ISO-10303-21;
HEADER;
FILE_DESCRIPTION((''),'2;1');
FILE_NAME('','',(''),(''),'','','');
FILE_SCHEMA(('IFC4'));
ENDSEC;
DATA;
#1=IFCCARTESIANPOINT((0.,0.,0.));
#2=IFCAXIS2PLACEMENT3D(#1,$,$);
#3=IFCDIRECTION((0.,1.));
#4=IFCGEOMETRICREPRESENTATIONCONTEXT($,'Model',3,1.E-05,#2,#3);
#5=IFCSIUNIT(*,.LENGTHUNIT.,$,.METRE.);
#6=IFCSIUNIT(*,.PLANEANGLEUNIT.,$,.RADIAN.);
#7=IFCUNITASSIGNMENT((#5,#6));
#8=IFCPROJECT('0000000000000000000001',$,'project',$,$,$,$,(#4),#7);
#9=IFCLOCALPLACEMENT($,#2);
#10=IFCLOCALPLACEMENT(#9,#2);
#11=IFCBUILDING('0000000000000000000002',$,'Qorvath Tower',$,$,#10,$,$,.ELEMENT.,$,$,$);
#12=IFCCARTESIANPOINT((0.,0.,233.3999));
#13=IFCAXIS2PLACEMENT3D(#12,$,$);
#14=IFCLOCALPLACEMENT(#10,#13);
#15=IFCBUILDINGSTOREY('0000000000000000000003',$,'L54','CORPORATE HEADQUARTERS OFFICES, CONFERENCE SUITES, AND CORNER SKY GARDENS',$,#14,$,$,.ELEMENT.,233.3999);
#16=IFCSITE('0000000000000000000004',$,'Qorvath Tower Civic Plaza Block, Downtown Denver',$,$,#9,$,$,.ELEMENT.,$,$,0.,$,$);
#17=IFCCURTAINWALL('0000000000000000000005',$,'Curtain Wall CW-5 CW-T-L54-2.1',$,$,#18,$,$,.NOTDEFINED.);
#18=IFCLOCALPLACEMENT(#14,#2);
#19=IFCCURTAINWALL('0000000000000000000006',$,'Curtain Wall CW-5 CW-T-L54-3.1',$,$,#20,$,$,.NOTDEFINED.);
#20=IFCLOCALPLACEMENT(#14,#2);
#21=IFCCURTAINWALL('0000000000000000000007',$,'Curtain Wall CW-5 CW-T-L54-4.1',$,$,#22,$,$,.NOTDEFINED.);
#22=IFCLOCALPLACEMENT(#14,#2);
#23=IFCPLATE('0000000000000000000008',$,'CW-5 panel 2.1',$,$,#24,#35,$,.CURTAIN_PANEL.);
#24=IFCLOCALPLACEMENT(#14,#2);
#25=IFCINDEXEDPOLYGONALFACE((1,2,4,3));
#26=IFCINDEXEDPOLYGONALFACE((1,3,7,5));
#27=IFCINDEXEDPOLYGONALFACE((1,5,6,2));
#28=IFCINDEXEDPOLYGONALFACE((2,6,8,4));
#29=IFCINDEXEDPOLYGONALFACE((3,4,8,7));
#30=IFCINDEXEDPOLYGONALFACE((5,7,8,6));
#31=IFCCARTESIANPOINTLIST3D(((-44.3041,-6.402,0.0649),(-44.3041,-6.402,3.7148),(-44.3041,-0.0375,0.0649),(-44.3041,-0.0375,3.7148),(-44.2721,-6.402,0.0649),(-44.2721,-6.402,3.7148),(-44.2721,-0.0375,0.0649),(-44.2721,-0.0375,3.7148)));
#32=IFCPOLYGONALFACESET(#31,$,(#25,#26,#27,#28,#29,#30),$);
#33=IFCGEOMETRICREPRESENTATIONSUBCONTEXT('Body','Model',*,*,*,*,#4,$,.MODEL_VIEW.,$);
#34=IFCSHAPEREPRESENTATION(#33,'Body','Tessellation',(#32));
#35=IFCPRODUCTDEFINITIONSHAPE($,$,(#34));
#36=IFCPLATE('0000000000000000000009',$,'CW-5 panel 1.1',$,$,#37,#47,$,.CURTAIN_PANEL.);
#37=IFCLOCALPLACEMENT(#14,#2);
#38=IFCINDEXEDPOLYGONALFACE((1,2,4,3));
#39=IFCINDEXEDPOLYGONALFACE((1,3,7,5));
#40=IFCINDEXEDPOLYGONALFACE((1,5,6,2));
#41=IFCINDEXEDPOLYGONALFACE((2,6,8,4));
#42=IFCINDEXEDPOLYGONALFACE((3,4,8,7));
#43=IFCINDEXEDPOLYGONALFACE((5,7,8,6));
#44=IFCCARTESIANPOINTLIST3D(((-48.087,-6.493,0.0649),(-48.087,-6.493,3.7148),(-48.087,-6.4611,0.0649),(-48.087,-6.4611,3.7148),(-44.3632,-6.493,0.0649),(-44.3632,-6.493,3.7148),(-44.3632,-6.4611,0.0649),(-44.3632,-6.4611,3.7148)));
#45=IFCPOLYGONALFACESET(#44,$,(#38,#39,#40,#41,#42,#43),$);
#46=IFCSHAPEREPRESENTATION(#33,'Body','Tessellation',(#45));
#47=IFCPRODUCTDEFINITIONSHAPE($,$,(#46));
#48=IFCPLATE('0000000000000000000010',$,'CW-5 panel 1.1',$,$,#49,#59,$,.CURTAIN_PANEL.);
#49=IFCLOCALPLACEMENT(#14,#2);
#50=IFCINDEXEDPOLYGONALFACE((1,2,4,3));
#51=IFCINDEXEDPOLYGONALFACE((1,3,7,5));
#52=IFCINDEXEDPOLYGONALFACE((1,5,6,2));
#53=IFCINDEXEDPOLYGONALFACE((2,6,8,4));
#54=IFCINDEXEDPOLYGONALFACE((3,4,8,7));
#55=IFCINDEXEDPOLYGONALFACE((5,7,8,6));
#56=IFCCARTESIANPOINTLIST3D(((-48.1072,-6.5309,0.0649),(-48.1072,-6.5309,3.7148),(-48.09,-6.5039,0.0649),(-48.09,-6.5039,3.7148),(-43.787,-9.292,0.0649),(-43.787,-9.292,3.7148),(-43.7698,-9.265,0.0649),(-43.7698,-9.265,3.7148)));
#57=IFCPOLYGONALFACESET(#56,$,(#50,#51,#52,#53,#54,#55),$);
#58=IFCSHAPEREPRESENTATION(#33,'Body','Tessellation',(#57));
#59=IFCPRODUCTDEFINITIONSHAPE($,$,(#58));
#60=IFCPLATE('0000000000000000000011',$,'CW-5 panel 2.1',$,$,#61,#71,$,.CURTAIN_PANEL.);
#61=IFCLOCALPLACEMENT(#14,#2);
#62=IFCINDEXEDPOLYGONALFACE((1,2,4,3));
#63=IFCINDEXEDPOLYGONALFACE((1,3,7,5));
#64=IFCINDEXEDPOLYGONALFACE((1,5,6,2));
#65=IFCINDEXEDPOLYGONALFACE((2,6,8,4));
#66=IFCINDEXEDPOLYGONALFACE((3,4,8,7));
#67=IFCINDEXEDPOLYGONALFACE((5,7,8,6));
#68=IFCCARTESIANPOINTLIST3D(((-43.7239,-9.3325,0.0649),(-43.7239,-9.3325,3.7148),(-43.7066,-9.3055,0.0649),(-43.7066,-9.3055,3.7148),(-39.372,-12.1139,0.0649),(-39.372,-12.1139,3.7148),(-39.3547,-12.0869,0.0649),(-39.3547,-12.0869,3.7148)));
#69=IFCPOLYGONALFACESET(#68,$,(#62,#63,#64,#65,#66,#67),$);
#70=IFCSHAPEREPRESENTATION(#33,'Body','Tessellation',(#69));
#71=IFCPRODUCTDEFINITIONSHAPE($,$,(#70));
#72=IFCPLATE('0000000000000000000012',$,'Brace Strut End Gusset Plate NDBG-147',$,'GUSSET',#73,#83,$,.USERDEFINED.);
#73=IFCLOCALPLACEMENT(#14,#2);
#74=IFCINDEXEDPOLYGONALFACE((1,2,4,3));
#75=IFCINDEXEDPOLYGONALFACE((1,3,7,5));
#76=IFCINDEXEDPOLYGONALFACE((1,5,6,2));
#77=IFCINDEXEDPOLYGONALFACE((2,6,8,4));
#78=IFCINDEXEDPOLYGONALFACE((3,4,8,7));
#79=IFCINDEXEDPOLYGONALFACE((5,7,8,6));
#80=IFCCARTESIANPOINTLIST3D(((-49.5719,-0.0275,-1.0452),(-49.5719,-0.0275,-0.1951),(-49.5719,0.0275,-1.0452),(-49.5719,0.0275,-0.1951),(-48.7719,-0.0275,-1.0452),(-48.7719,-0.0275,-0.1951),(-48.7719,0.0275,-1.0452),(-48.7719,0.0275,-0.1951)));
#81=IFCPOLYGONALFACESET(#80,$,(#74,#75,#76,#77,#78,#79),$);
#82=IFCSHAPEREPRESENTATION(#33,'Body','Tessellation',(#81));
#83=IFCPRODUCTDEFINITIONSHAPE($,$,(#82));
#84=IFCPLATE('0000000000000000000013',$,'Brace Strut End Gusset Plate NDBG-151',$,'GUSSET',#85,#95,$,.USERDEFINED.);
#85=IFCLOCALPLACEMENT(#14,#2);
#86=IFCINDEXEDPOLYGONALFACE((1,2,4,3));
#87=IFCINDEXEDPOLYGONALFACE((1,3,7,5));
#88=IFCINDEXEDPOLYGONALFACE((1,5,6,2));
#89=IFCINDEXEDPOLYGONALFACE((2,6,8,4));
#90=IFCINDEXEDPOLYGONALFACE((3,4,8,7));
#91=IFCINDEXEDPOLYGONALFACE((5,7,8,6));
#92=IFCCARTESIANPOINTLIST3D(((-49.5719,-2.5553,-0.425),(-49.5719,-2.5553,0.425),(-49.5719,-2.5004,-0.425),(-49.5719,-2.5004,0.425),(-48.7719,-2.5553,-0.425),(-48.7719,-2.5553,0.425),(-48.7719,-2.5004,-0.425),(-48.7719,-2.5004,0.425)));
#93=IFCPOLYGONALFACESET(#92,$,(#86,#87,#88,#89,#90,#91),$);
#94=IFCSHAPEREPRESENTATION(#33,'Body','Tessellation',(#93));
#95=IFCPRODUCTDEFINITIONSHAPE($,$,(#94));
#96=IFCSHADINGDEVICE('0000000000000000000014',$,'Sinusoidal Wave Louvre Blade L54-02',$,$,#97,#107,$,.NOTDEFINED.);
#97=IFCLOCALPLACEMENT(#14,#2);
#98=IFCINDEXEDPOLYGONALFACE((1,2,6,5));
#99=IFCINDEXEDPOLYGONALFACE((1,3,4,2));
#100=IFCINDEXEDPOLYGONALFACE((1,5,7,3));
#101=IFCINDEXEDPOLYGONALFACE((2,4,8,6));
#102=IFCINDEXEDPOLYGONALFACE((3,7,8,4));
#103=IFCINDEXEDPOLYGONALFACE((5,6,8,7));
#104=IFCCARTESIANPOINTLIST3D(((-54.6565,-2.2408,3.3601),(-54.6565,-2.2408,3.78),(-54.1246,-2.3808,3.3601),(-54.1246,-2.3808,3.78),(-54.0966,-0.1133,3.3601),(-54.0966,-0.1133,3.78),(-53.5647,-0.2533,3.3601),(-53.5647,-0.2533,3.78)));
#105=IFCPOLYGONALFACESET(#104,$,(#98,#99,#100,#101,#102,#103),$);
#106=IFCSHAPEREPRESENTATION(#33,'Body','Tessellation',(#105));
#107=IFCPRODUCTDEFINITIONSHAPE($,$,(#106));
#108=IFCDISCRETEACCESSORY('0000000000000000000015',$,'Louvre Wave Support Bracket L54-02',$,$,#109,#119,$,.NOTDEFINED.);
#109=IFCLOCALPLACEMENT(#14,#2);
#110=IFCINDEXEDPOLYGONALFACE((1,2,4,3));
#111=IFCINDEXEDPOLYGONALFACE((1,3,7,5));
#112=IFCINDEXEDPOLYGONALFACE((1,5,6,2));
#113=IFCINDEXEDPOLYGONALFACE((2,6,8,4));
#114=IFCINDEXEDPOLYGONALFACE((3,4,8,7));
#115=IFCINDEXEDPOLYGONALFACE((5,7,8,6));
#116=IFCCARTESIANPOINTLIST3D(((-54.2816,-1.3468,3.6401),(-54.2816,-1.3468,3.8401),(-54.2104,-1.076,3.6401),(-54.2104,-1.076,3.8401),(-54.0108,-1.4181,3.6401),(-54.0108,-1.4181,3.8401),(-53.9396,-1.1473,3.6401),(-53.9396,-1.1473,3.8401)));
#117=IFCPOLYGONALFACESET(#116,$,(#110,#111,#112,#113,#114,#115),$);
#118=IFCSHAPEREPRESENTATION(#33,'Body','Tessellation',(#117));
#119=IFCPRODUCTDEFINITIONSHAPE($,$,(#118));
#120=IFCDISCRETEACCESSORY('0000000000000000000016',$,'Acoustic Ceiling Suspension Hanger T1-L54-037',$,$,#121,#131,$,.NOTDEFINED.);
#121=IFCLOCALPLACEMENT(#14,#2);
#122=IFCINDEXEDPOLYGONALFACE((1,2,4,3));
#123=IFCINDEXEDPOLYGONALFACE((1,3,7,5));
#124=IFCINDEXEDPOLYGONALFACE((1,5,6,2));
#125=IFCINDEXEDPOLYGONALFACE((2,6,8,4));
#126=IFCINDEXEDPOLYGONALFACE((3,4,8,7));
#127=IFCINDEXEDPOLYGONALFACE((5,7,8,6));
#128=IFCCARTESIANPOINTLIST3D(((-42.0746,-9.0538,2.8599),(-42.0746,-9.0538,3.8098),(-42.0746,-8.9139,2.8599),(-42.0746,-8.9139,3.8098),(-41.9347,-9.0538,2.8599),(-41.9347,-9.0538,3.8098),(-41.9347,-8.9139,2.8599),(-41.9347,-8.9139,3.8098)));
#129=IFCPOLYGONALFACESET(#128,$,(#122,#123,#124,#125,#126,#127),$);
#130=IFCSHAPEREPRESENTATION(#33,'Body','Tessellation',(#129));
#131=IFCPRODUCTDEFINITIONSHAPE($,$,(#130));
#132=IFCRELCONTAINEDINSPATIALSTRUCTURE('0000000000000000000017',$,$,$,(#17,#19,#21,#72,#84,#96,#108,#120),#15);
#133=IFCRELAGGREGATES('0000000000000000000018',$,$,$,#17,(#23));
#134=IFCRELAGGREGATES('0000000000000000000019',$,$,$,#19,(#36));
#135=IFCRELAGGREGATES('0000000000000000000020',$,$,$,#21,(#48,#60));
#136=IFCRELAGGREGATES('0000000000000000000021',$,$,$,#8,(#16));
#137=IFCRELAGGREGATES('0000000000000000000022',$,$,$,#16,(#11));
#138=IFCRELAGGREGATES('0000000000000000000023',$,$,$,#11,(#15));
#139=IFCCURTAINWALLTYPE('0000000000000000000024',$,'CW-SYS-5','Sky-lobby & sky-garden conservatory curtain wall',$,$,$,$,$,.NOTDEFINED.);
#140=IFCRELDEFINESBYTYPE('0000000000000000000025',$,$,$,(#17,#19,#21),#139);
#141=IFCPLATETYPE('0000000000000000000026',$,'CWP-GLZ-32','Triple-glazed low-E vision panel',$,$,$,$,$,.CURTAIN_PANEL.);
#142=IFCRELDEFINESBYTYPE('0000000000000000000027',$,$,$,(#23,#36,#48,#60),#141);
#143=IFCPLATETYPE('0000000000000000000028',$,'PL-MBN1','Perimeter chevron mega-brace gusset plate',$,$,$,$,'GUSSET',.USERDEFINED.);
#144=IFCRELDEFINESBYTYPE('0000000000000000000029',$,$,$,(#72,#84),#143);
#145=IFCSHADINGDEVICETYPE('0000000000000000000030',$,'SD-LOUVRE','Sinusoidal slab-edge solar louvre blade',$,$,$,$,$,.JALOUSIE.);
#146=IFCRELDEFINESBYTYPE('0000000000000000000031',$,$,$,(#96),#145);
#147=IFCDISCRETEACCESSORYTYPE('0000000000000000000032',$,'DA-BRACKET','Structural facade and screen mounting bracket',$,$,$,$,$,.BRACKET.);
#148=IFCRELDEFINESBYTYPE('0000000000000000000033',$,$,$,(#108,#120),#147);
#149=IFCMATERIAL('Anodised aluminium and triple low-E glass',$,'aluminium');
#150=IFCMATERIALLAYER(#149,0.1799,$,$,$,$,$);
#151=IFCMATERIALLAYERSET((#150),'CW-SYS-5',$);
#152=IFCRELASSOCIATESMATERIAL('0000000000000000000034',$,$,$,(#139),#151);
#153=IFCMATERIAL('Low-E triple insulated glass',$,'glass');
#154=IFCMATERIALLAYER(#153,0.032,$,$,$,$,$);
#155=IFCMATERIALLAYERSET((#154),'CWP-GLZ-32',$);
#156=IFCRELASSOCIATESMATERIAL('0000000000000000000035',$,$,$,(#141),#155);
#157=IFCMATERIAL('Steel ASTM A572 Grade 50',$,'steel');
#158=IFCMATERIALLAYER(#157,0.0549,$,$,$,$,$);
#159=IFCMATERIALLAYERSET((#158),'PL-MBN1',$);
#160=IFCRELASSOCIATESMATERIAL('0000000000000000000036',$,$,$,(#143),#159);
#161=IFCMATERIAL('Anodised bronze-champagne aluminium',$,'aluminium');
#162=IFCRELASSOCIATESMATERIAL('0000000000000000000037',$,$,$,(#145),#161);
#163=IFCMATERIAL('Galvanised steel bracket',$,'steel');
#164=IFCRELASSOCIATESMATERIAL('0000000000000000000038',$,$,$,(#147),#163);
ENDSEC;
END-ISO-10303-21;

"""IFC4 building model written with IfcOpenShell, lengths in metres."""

from ifc_helpers import new_model, si_unit, direction, frame, origin, origin_2d, place, context, subcontext, project, spatial, rectangle, extrude, material, layer, layer_set, type_object, element, aggregate, save


model = new_model("IFC4")

# Units and contexts
model_context = context("Model", 3, precision=1e-05, world=origin(), true_north=direction((0.0, 1.0)))
body_context = subcontext(model_context, "Body", "Model", "MODEL_VIEW")
ifc_project = project(units=[si_unit("LENGTHUNIT", "METRE"), si_unit("PLANEANGLEUNIT", "RADIAN")], contexts=[model_context])

# Site, building, storey
site_placement = place(None, origin())
site = spatial("IfcSite", under=ifc_project, at=site_placement, Name="Qorvath Tower Civic Plaza Block, Downtown Denver", CompositionType="ELEMENT", RefElevation=0.0)
building_placement = place(site_placement, origin())
building = spatial("IfcBuilding", under=site, at=building_placement, Name="Qorvath Tower", CompositionType="ELEMENT")
storey_placement = place(building_placement, frame((0.0, 0.0, 233.3999)))
storey = spatial("IfcBuildingStorey", under=building, at=storey_placement, Name="L54", Description="CORPORATE HEADQUARTERS OFFICES, CONFERENCE SUITES, AND CORNER SKY GARDENS", CompositionType="ELEMENT", Elevation=233.3999)

# Curtain wall
ifc_material_1 = material(Name="Anodised aluminium and triple low-E glass", Category="aluminium")
ifc_layer_1 = layer(ifc_material_1, 0.1799)
ifc_layer_set_1 = layer_set([ifc_layer_1], Name="CW-SYS-5")
curtain_wall_type = type_object("IfcCurtainWallType", Name="CW-SYS-5", Description="Sky-lobby & sky-garden conservatory curtain wall", PredefinedType="NOTDEFINED", material=ifc_layer_set_1)
curtain_wall_1_placement = place(storey_placement, origin())
curtain_wall_1 = element("IfcCurtainWall", 1, at=curtain_wall_1_placement, inside=storey, type_object=curtain_wall_type, Name="Curtain Wall CW-5 CW-T-L54-2.1", PredefinedType="NOTDEFINED")

# Curtain walls
curtain_wall_2_placement = place(storey_placement, origin())
curtain_wall_2 = element("IfcCurtainWall", 2, at=curtain_wall_2_placement, inside=storey, type_object=curtain_wall_type, Name="Curtain Wall CW-5 CW-T-L54-3.1", PredefinedType="NOTDEFINED")
curtain_wall_3_placement = place(storey_placement, origin())
curtain_wall_3 = element("IfcCurtainWall", 3, at=curtain_wall_3_placement, inside=storey, type_object=curtain_wall_type, Name="Curtain Wall CW-5 CW-T-L54-4.1", PredefinedType="NOTDEFINED")

# Plates
ifc_material_2 = material(Name="Low-E triple insulated glass", Category="glass")
ifc_layer_2 = layer(ifc_material_2, 0.032)
ifc_layer_set_2 = layer_set([ifc_layer_2], Name="CWP-GLZ-32")
plate_type_1 = type_object("IfcPlateType", Name="CWP-GLZ-32", Description="Triple-glazed low-E vision panel", PredefinedType="CURTAIN_PANEL", material=ifc_layer_set_2)
plate_1_placement = place(storey_placement, frame((-44.2881, -3.2197, 0.0649), z_axis=(0.0, 0.0, 1.0), x_axis=(0.0, -1.0, 0.0)))
plate_1 = element("IfcPlate", 4, at=plate_1_placement, type_object=plate_type_1, Name="CW-5 panel 2.1", PredefinedType="CURTAIN_PANEL", context=body_context, shape_type="SweptSolid", body=[
    extrude(rectangle(XDim=6.3645, YDim=0.032, at=origin_2d()), origin(), (0.0, 0.0, 1.0), 3.6499),
])
aggregate(curtain_wall_1, [plate_1])
plate_2_placement = place(storey_placement, frame((-46.2251, -6.4771, 0.0649), z_axis=(0.0, 0.0, 1.0), x_axis=(-1.0, 0.0, 0.0)))
plate_2 = element("IfcPlate", 5, at=plate_2_placement, type_object=plate_type_1, Name="CW-5 panel 1.1", PredefinedType="CURTAIN_PANEL", context=body_context, shape_type="SweptSolid", body=[
    extrude(rectangle(XDim=3.7239, YDim=0.032, at=origin_2d()), origin(), (0.0, 0.0, 1.0), 3.6499),
])
aggregate(curtain_wall_2, [plate_2])
plate_3_placement = place(storey_placement, frame((-45.9385, -7.8979, 0.0649), z_axis=(0.0, 0.0, 1.0), x_axis=(0.842607, -0.538528, 0.0)))
plate_3 = element("IfcPlate", 6, at=plate_3_placement, type_object=plate_type_1, Name="CW-5 panel 1.1", PredefinedType="CURTAIN_PANEL", context=body_context, shape_type="SweptSolid", body=[
    extrude(rectangle(XDim=5.1272, YDim=0.032, at=origin_2d()), origin(), (0.0, 0.0, 1.0), 3.6499),
])
plate_4_placement = place(storey_placement, frame((-41.5393, -10.7097, 0.0649), z_axis=(0.0, 0.0, 1.0), x_axis=(0.842607, -0.538528, 0.0)))
plate_4 = element("IfcPlate", 7, at=plate_4_placement, type_object=plate_type_1, Name="CW-5 panel 2.1", PredefinedType="CURTAIN_PANEL", context=body_context, shape_type="SweptSolid", body=[
    extrude(rectangle(XDim=5.1648, YDim=0.032, at=origin_2d()), origin(), (0.0, 0.0, 1.0), 3.6499),
])
aggregate(curtain_wall_3, [plate_3, plate_4])

# Plates
ifc_material_3 = material(Name="Steel ASTM A572 Grade 50", Category="steel")
ifc_layer_3 = layer(ifc_material_3, 0.0549)
ifc_layer_set_3 = layer_set([ifc_layer_3], Name="PL-MBN1")
plate_type_2 = type_object("IfcPlateType", Name="PL-MBN1", Description="Perimeter chevron mega-brace gusset plate", ElementType="GUSSET", PredefinedType="USERDEFINED", material=ifc_layer_set_3)
for number, where, z_axis, x_axis, name in (
    (8, (-49.1719, 0.0, -1.0452), (0.0, 0.0, 1.0), (1.0, 0.0, 0.0), "Brace Strut End Gusset Plate NDBG-147"),
    (9, (-49.1719, -2.5278, -0.425), (0.0, 0.0, 1.0), (1.0, 0.0, 0.0), "Brace Strut End Gusset Plate NDBG-151"),
):
    element("IfcPlate", number, at=place(storey_placement, frame(where, z_axis=z_axis, x_axis=x_axis)), inside=storey, type_object=plate_type_2, Name=name, ObjectType="GUSSET", PredefinedType="USERDEFINED", context=body_context, shape_type="SweptSolid", body=[
        extrude(rectangle(XDim=0.8, YDim=0.0549, at=origin_2d()), origin(), (0.0, 0.0, 1.0), 0.8501),
    ])

# Shading device
ifc_material_4 = material(Name="Anodised bronze-champagne aluminium", Category="aluminium")
shading_device_type = type_object("IfcShadingDeviceType", Name="SD-LOUVRE", Description="Sinusoidal slab-edge solar louvre blade", PredefinedType="JALOUSIE", material=ifc_material_4)
shading_device_placement = place(storey_placement, frame((-54.1106, -1.2471, 3.3601), z_axis=(0.0, 0.0, 1.0), x_axis=(-0.254524, -0.967066, 0.0)))
element("IfcShadingDevice", 10, at=shading_device_placement, inside=storey, type_object=shading_device_type, Name="Sinusoidal Wave Louvre Blade L54-02", PredefinedType="NOTDEFINED", context=body_context, shape_type="SweptSolid", body=[
    extrude(rectangle(XDim=2.2, YDim=0.55, at=origin_2d()), origin(), (0.0, 0.0, 1.0), 0.4199),
])

# Discrete accessories
ifc_material_5 = material(Name="Galvanised steel bracket", Category="steel")
discrete_accessory_type = type_object("IfcDiscreteAccessoryType", Name="DA-BRACKET", Description="Structural facade and screen mounting bracket", PredefinedType="BRACKET", material=ifc_material_5)
discrete_accessory_1_placement = place(storey_placement, frame((-54.1106, -1.2471, 3.6401), z_axis=(0.0, 0.0, 1.0), x_axis=(-0.254524, -0.967066, 0.0)))
element("IfcDiscreteAccessory", 11, at=discrete_accessory_1_placement, inside=storey, type_object=discrete_accessory_type, Name="Louvre Wave Support Bracket L54-02", PredefinedType="NOTDEFINED", context=body_context, shape_type="SweptSolid", body=[
    extrude(rectangle(XDim=0.28, YDim=0.28, at=origin_2d()), origin(), (0.0, 0.0, 1.0), 0.2),
])
discrete_accessory_2_placement = place(storey_placement, frame((-42.0046, -8.9839, 2.8599), z_axis=(0.0, 0.0, 1.0), x_axis=(1.0, 0.0, 0.0)))
element("IfcDiscreteAccessory", 12, at=discrete_accessory_2_placement, inside=storey, type_object=discrete_accessory_type, Name="Acoustic Ceiling Suspension Hanger T1-L54-037", PredefinedType="NOTDEFINED", context=body_context, shape_type="SweptSolid", body=[
    extrude(rectangle(XDim=0.1399, YDim=0.1399, at=origin_2d()), origin(), (0.0, 0.0, 1.0), 0.95),
])

save(model, "model.ifc")
